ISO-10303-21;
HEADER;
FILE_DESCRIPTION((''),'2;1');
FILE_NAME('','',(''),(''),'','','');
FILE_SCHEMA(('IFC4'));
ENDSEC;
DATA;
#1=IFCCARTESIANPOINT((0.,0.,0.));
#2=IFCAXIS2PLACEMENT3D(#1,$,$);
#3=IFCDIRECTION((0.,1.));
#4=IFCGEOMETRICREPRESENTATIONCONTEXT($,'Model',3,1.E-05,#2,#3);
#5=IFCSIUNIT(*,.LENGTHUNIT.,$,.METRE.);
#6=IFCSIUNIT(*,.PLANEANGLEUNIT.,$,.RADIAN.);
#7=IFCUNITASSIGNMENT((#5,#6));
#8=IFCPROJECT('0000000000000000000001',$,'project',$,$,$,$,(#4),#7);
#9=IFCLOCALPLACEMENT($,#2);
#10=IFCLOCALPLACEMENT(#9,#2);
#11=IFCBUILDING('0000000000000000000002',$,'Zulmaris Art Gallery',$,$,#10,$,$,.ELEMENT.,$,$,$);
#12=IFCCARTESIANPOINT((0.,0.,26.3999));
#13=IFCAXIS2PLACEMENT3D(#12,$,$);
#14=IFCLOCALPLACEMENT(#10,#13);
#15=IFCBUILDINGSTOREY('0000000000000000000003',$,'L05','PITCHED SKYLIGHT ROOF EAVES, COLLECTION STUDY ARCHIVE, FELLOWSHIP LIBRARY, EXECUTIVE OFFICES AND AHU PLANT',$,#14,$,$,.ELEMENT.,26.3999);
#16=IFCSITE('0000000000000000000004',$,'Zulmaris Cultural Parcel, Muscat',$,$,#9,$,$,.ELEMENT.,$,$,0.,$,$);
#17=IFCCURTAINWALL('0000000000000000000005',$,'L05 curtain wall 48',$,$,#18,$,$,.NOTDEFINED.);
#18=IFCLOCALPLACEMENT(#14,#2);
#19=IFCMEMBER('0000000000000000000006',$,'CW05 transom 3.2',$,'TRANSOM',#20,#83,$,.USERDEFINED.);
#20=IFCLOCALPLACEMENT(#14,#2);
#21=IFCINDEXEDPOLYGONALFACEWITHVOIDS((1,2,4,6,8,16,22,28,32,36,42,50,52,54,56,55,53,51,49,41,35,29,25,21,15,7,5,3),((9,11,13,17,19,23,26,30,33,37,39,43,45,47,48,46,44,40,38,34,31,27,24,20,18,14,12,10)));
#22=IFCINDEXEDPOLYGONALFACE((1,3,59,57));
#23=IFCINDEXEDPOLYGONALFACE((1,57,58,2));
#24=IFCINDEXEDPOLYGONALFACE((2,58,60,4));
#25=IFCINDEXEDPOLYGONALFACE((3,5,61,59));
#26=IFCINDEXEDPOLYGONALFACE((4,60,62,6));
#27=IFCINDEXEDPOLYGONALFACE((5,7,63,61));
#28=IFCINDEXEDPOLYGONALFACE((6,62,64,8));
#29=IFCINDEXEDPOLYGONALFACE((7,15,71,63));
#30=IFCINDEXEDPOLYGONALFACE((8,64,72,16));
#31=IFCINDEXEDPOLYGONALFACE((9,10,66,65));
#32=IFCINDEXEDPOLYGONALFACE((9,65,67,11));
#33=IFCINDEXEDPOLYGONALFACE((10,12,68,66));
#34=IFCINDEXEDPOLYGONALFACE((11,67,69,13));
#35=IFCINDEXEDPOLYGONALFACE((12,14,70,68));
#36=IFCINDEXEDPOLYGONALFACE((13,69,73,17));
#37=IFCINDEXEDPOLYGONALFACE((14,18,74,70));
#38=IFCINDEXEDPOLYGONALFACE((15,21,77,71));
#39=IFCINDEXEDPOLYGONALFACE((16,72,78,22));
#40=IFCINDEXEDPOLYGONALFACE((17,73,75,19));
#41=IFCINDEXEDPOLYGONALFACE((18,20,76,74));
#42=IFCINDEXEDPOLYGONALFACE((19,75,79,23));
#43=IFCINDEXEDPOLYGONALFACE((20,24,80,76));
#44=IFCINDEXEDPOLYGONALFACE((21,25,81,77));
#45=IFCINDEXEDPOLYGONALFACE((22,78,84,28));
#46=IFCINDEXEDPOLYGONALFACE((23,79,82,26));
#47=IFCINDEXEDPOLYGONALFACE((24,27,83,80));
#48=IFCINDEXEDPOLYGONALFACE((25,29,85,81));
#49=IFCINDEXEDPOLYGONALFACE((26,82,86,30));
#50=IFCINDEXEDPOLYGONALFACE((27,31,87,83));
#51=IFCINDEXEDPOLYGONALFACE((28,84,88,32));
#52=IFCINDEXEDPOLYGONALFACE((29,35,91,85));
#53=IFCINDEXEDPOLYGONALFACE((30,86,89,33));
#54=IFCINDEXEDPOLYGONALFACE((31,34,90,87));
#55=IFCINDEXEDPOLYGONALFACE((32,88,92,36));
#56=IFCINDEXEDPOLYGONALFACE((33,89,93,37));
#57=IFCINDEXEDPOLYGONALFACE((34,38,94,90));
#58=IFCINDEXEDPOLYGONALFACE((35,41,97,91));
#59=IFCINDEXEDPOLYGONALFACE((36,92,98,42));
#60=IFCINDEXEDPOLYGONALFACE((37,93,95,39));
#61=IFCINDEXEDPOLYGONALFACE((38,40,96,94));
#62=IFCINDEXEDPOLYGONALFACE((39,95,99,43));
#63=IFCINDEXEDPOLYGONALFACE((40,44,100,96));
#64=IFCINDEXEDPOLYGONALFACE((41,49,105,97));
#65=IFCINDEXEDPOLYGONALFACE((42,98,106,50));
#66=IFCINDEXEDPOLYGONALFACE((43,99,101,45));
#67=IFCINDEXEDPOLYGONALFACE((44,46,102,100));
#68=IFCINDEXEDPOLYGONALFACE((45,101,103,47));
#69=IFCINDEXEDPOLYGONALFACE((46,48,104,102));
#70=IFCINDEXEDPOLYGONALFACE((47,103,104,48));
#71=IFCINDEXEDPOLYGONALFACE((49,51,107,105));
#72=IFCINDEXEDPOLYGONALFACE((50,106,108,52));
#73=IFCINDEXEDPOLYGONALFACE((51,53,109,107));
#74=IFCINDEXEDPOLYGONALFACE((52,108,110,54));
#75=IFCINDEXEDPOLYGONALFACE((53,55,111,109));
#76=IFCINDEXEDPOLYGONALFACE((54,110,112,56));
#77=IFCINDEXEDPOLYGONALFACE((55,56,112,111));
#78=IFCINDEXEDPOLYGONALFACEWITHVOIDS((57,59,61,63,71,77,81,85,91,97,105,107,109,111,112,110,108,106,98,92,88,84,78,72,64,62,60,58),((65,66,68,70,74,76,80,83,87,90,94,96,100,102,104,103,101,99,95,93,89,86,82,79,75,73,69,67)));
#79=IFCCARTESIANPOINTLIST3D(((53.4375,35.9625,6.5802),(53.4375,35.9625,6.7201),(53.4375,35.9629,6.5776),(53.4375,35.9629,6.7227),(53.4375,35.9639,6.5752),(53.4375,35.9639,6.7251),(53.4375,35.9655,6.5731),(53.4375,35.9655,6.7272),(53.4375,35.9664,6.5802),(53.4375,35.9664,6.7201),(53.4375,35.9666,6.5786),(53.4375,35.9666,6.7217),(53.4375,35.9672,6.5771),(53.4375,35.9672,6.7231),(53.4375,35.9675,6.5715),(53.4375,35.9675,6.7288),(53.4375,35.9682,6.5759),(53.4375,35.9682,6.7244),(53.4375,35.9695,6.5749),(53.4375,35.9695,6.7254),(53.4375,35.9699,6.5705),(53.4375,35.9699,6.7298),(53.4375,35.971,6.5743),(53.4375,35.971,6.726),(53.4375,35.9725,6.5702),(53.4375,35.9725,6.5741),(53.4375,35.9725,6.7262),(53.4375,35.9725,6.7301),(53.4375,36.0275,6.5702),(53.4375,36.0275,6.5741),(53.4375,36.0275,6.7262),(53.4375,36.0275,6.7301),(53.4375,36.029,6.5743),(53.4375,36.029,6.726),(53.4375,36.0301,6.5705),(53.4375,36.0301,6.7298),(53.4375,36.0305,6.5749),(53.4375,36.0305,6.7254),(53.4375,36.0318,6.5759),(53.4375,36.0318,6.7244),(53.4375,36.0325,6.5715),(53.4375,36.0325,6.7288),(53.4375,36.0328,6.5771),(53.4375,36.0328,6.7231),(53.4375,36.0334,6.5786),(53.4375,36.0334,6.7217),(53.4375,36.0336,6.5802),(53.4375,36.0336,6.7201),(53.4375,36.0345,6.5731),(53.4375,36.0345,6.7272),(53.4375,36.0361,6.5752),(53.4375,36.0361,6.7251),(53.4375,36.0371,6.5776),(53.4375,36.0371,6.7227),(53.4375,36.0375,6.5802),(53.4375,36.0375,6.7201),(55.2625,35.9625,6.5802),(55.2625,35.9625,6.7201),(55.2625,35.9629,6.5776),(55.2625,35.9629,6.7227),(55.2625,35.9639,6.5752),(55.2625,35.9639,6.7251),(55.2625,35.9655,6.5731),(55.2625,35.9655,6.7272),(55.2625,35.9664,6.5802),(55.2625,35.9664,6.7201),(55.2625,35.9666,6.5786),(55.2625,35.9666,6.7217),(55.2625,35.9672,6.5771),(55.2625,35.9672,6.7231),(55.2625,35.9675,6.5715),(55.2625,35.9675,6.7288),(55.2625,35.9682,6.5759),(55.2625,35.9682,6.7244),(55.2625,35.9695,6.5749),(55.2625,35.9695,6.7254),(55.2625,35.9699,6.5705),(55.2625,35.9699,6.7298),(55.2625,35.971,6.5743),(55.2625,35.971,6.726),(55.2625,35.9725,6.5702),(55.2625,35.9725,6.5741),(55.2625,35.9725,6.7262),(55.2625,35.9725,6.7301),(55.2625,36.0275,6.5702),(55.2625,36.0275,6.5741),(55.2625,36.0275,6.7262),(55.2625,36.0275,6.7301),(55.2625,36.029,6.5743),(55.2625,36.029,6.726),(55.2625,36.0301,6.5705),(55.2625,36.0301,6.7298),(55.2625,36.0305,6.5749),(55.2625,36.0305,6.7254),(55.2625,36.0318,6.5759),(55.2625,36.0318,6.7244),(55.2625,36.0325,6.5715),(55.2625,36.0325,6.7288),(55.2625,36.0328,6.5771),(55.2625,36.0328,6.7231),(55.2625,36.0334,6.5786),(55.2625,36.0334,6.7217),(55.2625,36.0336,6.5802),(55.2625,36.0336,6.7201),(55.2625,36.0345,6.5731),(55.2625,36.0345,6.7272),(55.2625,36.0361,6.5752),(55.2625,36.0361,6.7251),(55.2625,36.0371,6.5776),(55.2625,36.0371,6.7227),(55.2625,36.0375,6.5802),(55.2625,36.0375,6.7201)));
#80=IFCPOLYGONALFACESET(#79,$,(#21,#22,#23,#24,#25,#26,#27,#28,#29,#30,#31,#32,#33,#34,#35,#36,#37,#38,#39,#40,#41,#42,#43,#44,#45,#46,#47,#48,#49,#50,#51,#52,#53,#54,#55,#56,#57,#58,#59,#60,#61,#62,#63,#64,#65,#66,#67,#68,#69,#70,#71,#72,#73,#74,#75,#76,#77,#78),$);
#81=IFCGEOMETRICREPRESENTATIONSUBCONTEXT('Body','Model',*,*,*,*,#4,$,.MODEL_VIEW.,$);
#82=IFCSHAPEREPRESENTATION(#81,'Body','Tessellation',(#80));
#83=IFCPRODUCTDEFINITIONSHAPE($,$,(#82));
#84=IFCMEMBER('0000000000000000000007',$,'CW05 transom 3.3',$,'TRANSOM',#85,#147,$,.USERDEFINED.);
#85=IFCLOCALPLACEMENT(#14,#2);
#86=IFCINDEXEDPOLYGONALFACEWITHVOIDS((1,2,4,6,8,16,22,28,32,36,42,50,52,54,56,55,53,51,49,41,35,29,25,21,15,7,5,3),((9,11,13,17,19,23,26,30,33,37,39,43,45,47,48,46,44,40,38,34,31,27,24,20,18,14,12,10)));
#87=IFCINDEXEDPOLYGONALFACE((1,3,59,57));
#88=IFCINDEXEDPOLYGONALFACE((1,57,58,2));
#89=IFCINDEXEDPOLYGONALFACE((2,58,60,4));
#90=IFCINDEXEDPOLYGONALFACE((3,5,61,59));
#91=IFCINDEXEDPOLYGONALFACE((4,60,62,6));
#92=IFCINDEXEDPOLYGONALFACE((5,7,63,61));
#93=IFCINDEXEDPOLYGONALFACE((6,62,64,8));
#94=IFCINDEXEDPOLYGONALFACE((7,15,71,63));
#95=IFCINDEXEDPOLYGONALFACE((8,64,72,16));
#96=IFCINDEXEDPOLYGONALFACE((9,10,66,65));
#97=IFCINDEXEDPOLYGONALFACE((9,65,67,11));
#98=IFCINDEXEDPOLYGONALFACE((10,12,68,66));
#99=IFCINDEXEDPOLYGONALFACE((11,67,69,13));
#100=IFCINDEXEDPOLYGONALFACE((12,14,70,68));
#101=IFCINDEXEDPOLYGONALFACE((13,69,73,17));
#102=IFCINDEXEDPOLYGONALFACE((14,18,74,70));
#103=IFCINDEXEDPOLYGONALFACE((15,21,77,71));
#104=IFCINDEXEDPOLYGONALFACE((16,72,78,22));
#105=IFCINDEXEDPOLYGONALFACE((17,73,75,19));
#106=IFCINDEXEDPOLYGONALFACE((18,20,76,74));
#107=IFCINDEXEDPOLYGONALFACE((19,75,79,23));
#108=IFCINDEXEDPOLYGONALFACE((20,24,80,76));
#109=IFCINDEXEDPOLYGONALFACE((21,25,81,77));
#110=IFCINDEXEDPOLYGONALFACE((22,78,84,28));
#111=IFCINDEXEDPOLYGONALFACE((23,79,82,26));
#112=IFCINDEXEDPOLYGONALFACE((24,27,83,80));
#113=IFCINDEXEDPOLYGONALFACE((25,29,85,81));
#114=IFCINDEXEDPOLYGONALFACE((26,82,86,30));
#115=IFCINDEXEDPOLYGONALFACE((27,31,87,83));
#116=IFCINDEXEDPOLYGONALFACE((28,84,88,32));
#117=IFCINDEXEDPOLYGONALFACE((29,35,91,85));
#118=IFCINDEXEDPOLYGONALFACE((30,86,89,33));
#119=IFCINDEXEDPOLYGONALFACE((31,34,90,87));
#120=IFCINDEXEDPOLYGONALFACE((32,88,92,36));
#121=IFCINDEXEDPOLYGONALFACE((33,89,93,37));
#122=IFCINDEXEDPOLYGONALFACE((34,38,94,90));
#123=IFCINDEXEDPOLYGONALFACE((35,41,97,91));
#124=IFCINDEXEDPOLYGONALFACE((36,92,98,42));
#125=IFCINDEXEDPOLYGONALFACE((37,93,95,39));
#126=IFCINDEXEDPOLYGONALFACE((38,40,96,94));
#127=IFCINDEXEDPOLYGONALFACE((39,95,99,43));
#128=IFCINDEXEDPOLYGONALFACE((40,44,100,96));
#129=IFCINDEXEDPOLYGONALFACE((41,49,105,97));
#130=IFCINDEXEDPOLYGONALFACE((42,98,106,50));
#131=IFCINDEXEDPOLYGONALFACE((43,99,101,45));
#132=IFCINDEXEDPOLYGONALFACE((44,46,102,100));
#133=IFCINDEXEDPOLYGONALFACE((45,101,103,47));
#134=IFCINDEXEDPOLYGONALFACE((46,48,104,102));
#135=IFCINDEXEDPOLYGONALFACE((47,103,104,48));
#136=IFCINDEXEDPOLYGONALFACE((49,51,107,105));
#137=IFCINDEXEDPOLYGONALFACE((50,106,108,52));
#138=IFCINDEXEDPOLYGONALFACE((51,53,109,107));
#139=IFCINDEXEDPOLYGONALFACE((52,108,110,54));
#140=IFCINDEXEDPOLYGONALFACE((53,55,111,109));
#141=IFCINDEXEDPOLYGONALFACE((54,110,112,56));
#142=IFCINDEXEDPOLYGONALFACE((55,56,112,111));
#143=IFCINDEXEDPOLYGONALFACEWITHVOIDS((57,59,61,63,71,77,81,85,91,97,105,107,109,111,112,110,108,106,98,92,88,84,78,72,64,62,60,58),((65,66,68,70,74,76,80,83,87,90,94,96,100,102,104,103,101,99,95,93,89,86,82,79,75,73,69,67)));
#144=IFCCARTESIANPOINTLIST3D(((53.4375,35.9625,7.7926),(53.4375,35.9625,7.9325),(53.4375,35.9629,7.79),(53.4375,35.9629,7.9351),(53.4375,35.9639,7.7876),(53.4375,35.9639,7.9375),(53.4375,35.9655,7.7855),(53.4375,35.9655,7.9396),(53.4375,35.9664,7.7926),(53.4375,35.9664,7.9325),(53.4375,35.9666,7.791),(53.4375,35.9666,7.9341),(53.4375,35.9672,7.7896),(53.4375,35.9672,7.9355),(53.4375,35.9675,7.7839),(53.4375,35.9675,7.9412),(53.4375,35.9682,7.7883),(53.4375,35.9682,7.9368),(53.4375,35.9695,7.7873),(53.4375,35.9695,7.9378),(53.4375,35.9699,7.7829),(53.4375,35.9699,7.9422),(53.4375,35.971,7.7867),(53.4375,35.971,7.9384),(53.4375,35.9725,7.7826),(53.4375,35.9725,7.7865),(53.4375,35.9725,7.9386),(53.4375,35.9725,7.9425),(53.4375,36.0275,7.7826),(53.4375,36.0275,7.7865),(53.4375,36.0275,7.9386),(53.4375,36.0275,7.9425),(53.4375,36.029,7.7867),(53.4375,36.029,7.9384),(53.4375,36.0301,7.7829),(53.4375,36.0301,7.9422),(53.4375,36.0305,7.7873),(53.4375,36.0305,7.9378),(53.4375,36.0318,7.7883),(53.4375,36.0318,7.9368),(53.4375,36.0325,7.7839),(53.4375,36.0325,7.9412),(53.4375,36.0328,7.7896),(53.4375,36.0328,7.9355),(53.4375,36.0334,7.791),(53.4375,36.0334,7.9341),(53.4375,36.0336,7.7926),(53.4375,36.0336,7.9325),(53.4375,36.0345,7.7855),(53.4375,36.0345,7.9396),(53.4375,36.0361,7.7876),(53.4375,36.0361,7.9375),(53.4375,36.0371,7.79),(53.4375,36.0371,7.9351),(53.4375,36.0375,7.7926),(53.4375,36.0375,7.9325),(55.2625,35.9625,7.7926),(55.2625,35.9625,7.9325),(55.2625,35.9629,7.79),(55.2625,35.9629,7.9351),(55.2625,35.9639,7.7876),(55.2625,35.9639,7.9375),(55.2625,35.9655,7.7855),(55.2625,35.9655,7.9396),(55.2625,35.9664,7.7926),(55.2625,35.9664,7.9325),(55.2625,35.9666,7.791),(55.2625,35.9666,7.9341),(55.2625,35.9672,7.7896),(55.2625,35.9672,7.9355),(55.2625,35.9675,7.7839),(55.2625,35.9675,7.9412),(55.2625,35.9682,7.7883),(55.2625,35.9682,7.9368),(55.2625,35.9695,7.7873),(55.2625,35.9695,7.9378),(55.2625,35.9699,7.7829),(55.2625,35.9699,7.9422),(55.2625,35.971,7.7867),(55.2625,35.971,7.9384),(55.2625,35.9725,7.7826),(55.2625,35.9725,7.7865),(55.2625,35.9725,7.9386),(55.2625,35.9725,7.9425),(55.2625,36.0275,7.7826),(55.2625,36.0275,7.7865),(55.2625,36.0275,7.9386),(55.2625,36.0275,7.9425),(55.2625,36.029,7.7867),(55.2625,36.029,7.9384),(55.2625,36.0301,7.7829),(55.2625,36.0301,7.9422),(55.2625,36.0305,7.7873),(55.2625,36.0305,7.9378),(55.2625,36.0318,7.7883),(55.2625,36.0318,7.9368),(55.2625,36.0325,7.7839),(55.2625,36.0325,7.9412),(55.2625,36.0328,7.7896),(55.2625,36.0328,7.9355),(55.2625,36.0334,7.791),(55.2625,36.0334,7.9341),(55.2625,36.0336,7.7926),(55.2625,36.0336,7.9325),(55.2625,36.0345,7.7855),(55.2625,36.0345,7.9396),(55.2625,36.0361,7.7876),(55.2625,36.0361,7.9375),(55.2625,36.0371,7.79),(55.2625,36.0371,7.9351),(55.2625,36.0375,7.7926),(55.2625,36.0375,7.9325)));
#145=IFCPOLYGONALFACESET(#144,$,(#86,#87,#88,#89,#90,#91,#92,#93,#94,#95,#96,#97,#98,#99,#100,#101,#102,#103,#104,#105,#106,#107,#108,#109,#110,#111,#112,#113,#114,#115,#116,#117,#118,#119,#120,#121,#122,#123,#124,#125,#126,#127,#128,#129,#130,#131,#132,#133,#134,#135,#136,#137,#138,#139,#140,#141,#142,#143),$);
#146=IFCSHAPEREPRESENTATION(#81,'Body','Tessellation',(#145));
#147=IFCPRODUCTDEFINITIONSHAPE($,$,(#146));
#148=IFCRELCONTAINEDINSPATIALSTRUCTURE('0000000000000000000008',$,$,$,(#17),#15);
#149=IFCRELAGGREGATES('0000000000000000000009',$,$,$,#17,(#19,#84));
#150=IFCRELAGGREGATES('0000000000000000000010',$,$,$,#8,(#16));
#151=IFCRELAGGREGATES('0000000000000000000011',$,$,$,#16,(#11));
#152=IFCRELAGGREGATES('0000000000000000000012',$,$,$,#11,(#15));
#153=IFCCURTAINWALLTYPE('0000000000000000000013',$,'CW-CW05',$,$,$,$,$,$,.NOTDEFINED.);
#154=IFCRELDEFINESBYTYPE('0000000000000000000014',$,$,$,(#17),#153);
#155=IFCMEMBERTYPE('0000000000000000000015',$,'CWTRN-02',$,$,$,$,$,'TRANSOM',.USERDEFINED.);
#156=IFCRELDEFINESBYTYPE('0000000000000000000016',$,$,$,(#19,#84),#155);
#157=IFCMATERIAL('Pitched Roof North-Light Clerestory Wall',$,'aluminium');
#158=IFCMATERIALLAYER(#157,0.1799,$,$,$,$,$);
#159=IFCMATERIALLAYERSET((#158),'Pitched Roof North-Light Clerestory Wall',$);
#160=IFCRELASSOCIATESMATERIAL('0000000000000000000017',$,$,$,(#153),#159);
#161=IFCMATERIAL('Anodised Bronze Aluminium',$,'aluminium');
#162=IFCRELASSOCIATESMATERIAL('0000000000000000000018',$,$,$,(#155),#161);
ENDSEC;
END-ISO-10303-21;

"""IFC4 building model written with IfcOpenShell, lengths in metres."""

from ifc_helpers import new_model, si_unit, direction, frame, origin, origin_2d, place, context, subcontext, project, spatial, hollow_rectangle, extrude, material, layer, layer_set, material_profile, profile_set, type_object, element, aggregate, save


model = new_model("IFC4")

# Units and contexts
model_context = context("Model", 3, precision=1e-05, world=origin(), true_north=direction((0.0, 1.0)))
body_context = subcontext(model_context, "Body", "Model", "MODEL_VIEW")
ifc_project = project(units=[si_unit("LENGTHUNIT", "METRE"), si_unit("PLANEANGLEUNIT", "RADIAN")], contexts=[model_context])

# Site, building, storey
site_placement = place(None, origin())
site = spatial("IfcSite", under=ifc_project, at=site_placement, Name="Zulmaris Cultural Parcel, Muscat", CompositionType="ELEMENT", RefElevation=0.0)
building_placement = place(site_placement, origin())
building = spatial("IfcBuilding", under=site, at=building_placement, Name="Zulmaris Art Gallery", CompositionType="ELEMENT")
storey_placement = place(building_placement, frame((0.0, 0.0, 26.3999)))
storey = spatial("IfcBuildingStorey", under=building, at=storey_placement, Name="L05", Description="PITCHED SKYLIGHT ROOF EAVES, COLLECTION STUDY ARCHIVE, FELLOWSHIP LIBRARY, EXECUTIVE OFFICES AND AHU PLANT", CompositionType="ELEMENT", Elevation=26.3999)

# Curtain wall, members
ifc_material_1 = material(Name="Pitched Roof North-Light Clerestory Wall", Category="aluminium")
ifc_layer_1 = layer(ifc_material_1, 0.1799)
ifc_layer_set_1 = layer_set([ifc_layer_1], Name="Pitched Roof North-Light Clerestory Wall")
curtain_wall_type = type_object("IfcCurtainWallType", Name="CW-CW05", PredefinedType="NOTDEFINED", material=ifc_layer_set_1)
curtain_wall_placement = place(storey_placement, origin())
curtain_wall = element("IfcCurtainWall", 1, at=curtain_wall_placement, inside=storey, type_object=curtain_wall_type, Name="L05 curtain wall 48", PredefinedType="NOTDEFINED")
ifc_material_2 = material(Name="Anodised Bronze Aluminium", Category="aluminium")
ifc_material_profile_1 = material_profile(ifc_material_2, hollow_rectangle(XDim=0.075, YDim=0.1599, WallThickness=0.0039, InnerFilletRadius=0.0061, OuterFilletRadius=0.01, at=origin_2d()), Name="ALU 75x160x4")
ifc_profile_set_1 = profile_set([ifc_material_profile_1], Name="Anodised Bronze Aluminium")
member_type_1 = type_object("IfcMemberType", Name="CWTRN-02", ElementType="TRANSOM", PredefinedType="USERDEFINED", material=ifc_profile_set_1)
member_1_placement = place(storey_placement, frame((53.4375, 36.0, 6.6501), z_axis=(1.0, 0.0, 0.0), x_axis=(0.0, 1.0, 0.0)))
member_1 = element("IfcMember", 2, at=member_1_placement, type_object=member_type_1, Name="CW05 transom 3.2", ObjectType="TRANSOM", PredefinedType="USERDEFINED", context=body_context, shape_type="SweptSolid", body=[
    extrude(hollow_rectangle(XDim=0.075, YDim=0.1599, WallThickness=0.0039, InnerFilletRadius=0.0061, OuterFilletRadius=0.01, at=origin_2d()), origin(), (0.0, 0.0, 1.0), 1.825),
])
member_2_placement = place(storey_placement, frame((53.4375, 36.0, 7.8625), z_axis=(1.0, 0.0, 0.0), x_axis=(0.0, 1.0, 0.0)))
member_2 = element("IfcMember", 3, at=member_2_placement, type_object=member_type_1, Name="CW05 transom 3.3", ObjectType="TRANSOM", PredefinedType="USERDEFINED", context=body_context, shape_type="SweptSolid", body=[
    extrude(hollow_rectangle(XDim=0.075, YDim=0.1599, WallThickness=0.0039, InnerFilletRadius=0.0061, OuterFilletRadius=0.01, at=origin_2d()), origin(), (0.0, 0.0, 1.0), 1.825),
])

aggregate(curtain_wall, [member_1, member_2])

save(model, "model.ifc")
